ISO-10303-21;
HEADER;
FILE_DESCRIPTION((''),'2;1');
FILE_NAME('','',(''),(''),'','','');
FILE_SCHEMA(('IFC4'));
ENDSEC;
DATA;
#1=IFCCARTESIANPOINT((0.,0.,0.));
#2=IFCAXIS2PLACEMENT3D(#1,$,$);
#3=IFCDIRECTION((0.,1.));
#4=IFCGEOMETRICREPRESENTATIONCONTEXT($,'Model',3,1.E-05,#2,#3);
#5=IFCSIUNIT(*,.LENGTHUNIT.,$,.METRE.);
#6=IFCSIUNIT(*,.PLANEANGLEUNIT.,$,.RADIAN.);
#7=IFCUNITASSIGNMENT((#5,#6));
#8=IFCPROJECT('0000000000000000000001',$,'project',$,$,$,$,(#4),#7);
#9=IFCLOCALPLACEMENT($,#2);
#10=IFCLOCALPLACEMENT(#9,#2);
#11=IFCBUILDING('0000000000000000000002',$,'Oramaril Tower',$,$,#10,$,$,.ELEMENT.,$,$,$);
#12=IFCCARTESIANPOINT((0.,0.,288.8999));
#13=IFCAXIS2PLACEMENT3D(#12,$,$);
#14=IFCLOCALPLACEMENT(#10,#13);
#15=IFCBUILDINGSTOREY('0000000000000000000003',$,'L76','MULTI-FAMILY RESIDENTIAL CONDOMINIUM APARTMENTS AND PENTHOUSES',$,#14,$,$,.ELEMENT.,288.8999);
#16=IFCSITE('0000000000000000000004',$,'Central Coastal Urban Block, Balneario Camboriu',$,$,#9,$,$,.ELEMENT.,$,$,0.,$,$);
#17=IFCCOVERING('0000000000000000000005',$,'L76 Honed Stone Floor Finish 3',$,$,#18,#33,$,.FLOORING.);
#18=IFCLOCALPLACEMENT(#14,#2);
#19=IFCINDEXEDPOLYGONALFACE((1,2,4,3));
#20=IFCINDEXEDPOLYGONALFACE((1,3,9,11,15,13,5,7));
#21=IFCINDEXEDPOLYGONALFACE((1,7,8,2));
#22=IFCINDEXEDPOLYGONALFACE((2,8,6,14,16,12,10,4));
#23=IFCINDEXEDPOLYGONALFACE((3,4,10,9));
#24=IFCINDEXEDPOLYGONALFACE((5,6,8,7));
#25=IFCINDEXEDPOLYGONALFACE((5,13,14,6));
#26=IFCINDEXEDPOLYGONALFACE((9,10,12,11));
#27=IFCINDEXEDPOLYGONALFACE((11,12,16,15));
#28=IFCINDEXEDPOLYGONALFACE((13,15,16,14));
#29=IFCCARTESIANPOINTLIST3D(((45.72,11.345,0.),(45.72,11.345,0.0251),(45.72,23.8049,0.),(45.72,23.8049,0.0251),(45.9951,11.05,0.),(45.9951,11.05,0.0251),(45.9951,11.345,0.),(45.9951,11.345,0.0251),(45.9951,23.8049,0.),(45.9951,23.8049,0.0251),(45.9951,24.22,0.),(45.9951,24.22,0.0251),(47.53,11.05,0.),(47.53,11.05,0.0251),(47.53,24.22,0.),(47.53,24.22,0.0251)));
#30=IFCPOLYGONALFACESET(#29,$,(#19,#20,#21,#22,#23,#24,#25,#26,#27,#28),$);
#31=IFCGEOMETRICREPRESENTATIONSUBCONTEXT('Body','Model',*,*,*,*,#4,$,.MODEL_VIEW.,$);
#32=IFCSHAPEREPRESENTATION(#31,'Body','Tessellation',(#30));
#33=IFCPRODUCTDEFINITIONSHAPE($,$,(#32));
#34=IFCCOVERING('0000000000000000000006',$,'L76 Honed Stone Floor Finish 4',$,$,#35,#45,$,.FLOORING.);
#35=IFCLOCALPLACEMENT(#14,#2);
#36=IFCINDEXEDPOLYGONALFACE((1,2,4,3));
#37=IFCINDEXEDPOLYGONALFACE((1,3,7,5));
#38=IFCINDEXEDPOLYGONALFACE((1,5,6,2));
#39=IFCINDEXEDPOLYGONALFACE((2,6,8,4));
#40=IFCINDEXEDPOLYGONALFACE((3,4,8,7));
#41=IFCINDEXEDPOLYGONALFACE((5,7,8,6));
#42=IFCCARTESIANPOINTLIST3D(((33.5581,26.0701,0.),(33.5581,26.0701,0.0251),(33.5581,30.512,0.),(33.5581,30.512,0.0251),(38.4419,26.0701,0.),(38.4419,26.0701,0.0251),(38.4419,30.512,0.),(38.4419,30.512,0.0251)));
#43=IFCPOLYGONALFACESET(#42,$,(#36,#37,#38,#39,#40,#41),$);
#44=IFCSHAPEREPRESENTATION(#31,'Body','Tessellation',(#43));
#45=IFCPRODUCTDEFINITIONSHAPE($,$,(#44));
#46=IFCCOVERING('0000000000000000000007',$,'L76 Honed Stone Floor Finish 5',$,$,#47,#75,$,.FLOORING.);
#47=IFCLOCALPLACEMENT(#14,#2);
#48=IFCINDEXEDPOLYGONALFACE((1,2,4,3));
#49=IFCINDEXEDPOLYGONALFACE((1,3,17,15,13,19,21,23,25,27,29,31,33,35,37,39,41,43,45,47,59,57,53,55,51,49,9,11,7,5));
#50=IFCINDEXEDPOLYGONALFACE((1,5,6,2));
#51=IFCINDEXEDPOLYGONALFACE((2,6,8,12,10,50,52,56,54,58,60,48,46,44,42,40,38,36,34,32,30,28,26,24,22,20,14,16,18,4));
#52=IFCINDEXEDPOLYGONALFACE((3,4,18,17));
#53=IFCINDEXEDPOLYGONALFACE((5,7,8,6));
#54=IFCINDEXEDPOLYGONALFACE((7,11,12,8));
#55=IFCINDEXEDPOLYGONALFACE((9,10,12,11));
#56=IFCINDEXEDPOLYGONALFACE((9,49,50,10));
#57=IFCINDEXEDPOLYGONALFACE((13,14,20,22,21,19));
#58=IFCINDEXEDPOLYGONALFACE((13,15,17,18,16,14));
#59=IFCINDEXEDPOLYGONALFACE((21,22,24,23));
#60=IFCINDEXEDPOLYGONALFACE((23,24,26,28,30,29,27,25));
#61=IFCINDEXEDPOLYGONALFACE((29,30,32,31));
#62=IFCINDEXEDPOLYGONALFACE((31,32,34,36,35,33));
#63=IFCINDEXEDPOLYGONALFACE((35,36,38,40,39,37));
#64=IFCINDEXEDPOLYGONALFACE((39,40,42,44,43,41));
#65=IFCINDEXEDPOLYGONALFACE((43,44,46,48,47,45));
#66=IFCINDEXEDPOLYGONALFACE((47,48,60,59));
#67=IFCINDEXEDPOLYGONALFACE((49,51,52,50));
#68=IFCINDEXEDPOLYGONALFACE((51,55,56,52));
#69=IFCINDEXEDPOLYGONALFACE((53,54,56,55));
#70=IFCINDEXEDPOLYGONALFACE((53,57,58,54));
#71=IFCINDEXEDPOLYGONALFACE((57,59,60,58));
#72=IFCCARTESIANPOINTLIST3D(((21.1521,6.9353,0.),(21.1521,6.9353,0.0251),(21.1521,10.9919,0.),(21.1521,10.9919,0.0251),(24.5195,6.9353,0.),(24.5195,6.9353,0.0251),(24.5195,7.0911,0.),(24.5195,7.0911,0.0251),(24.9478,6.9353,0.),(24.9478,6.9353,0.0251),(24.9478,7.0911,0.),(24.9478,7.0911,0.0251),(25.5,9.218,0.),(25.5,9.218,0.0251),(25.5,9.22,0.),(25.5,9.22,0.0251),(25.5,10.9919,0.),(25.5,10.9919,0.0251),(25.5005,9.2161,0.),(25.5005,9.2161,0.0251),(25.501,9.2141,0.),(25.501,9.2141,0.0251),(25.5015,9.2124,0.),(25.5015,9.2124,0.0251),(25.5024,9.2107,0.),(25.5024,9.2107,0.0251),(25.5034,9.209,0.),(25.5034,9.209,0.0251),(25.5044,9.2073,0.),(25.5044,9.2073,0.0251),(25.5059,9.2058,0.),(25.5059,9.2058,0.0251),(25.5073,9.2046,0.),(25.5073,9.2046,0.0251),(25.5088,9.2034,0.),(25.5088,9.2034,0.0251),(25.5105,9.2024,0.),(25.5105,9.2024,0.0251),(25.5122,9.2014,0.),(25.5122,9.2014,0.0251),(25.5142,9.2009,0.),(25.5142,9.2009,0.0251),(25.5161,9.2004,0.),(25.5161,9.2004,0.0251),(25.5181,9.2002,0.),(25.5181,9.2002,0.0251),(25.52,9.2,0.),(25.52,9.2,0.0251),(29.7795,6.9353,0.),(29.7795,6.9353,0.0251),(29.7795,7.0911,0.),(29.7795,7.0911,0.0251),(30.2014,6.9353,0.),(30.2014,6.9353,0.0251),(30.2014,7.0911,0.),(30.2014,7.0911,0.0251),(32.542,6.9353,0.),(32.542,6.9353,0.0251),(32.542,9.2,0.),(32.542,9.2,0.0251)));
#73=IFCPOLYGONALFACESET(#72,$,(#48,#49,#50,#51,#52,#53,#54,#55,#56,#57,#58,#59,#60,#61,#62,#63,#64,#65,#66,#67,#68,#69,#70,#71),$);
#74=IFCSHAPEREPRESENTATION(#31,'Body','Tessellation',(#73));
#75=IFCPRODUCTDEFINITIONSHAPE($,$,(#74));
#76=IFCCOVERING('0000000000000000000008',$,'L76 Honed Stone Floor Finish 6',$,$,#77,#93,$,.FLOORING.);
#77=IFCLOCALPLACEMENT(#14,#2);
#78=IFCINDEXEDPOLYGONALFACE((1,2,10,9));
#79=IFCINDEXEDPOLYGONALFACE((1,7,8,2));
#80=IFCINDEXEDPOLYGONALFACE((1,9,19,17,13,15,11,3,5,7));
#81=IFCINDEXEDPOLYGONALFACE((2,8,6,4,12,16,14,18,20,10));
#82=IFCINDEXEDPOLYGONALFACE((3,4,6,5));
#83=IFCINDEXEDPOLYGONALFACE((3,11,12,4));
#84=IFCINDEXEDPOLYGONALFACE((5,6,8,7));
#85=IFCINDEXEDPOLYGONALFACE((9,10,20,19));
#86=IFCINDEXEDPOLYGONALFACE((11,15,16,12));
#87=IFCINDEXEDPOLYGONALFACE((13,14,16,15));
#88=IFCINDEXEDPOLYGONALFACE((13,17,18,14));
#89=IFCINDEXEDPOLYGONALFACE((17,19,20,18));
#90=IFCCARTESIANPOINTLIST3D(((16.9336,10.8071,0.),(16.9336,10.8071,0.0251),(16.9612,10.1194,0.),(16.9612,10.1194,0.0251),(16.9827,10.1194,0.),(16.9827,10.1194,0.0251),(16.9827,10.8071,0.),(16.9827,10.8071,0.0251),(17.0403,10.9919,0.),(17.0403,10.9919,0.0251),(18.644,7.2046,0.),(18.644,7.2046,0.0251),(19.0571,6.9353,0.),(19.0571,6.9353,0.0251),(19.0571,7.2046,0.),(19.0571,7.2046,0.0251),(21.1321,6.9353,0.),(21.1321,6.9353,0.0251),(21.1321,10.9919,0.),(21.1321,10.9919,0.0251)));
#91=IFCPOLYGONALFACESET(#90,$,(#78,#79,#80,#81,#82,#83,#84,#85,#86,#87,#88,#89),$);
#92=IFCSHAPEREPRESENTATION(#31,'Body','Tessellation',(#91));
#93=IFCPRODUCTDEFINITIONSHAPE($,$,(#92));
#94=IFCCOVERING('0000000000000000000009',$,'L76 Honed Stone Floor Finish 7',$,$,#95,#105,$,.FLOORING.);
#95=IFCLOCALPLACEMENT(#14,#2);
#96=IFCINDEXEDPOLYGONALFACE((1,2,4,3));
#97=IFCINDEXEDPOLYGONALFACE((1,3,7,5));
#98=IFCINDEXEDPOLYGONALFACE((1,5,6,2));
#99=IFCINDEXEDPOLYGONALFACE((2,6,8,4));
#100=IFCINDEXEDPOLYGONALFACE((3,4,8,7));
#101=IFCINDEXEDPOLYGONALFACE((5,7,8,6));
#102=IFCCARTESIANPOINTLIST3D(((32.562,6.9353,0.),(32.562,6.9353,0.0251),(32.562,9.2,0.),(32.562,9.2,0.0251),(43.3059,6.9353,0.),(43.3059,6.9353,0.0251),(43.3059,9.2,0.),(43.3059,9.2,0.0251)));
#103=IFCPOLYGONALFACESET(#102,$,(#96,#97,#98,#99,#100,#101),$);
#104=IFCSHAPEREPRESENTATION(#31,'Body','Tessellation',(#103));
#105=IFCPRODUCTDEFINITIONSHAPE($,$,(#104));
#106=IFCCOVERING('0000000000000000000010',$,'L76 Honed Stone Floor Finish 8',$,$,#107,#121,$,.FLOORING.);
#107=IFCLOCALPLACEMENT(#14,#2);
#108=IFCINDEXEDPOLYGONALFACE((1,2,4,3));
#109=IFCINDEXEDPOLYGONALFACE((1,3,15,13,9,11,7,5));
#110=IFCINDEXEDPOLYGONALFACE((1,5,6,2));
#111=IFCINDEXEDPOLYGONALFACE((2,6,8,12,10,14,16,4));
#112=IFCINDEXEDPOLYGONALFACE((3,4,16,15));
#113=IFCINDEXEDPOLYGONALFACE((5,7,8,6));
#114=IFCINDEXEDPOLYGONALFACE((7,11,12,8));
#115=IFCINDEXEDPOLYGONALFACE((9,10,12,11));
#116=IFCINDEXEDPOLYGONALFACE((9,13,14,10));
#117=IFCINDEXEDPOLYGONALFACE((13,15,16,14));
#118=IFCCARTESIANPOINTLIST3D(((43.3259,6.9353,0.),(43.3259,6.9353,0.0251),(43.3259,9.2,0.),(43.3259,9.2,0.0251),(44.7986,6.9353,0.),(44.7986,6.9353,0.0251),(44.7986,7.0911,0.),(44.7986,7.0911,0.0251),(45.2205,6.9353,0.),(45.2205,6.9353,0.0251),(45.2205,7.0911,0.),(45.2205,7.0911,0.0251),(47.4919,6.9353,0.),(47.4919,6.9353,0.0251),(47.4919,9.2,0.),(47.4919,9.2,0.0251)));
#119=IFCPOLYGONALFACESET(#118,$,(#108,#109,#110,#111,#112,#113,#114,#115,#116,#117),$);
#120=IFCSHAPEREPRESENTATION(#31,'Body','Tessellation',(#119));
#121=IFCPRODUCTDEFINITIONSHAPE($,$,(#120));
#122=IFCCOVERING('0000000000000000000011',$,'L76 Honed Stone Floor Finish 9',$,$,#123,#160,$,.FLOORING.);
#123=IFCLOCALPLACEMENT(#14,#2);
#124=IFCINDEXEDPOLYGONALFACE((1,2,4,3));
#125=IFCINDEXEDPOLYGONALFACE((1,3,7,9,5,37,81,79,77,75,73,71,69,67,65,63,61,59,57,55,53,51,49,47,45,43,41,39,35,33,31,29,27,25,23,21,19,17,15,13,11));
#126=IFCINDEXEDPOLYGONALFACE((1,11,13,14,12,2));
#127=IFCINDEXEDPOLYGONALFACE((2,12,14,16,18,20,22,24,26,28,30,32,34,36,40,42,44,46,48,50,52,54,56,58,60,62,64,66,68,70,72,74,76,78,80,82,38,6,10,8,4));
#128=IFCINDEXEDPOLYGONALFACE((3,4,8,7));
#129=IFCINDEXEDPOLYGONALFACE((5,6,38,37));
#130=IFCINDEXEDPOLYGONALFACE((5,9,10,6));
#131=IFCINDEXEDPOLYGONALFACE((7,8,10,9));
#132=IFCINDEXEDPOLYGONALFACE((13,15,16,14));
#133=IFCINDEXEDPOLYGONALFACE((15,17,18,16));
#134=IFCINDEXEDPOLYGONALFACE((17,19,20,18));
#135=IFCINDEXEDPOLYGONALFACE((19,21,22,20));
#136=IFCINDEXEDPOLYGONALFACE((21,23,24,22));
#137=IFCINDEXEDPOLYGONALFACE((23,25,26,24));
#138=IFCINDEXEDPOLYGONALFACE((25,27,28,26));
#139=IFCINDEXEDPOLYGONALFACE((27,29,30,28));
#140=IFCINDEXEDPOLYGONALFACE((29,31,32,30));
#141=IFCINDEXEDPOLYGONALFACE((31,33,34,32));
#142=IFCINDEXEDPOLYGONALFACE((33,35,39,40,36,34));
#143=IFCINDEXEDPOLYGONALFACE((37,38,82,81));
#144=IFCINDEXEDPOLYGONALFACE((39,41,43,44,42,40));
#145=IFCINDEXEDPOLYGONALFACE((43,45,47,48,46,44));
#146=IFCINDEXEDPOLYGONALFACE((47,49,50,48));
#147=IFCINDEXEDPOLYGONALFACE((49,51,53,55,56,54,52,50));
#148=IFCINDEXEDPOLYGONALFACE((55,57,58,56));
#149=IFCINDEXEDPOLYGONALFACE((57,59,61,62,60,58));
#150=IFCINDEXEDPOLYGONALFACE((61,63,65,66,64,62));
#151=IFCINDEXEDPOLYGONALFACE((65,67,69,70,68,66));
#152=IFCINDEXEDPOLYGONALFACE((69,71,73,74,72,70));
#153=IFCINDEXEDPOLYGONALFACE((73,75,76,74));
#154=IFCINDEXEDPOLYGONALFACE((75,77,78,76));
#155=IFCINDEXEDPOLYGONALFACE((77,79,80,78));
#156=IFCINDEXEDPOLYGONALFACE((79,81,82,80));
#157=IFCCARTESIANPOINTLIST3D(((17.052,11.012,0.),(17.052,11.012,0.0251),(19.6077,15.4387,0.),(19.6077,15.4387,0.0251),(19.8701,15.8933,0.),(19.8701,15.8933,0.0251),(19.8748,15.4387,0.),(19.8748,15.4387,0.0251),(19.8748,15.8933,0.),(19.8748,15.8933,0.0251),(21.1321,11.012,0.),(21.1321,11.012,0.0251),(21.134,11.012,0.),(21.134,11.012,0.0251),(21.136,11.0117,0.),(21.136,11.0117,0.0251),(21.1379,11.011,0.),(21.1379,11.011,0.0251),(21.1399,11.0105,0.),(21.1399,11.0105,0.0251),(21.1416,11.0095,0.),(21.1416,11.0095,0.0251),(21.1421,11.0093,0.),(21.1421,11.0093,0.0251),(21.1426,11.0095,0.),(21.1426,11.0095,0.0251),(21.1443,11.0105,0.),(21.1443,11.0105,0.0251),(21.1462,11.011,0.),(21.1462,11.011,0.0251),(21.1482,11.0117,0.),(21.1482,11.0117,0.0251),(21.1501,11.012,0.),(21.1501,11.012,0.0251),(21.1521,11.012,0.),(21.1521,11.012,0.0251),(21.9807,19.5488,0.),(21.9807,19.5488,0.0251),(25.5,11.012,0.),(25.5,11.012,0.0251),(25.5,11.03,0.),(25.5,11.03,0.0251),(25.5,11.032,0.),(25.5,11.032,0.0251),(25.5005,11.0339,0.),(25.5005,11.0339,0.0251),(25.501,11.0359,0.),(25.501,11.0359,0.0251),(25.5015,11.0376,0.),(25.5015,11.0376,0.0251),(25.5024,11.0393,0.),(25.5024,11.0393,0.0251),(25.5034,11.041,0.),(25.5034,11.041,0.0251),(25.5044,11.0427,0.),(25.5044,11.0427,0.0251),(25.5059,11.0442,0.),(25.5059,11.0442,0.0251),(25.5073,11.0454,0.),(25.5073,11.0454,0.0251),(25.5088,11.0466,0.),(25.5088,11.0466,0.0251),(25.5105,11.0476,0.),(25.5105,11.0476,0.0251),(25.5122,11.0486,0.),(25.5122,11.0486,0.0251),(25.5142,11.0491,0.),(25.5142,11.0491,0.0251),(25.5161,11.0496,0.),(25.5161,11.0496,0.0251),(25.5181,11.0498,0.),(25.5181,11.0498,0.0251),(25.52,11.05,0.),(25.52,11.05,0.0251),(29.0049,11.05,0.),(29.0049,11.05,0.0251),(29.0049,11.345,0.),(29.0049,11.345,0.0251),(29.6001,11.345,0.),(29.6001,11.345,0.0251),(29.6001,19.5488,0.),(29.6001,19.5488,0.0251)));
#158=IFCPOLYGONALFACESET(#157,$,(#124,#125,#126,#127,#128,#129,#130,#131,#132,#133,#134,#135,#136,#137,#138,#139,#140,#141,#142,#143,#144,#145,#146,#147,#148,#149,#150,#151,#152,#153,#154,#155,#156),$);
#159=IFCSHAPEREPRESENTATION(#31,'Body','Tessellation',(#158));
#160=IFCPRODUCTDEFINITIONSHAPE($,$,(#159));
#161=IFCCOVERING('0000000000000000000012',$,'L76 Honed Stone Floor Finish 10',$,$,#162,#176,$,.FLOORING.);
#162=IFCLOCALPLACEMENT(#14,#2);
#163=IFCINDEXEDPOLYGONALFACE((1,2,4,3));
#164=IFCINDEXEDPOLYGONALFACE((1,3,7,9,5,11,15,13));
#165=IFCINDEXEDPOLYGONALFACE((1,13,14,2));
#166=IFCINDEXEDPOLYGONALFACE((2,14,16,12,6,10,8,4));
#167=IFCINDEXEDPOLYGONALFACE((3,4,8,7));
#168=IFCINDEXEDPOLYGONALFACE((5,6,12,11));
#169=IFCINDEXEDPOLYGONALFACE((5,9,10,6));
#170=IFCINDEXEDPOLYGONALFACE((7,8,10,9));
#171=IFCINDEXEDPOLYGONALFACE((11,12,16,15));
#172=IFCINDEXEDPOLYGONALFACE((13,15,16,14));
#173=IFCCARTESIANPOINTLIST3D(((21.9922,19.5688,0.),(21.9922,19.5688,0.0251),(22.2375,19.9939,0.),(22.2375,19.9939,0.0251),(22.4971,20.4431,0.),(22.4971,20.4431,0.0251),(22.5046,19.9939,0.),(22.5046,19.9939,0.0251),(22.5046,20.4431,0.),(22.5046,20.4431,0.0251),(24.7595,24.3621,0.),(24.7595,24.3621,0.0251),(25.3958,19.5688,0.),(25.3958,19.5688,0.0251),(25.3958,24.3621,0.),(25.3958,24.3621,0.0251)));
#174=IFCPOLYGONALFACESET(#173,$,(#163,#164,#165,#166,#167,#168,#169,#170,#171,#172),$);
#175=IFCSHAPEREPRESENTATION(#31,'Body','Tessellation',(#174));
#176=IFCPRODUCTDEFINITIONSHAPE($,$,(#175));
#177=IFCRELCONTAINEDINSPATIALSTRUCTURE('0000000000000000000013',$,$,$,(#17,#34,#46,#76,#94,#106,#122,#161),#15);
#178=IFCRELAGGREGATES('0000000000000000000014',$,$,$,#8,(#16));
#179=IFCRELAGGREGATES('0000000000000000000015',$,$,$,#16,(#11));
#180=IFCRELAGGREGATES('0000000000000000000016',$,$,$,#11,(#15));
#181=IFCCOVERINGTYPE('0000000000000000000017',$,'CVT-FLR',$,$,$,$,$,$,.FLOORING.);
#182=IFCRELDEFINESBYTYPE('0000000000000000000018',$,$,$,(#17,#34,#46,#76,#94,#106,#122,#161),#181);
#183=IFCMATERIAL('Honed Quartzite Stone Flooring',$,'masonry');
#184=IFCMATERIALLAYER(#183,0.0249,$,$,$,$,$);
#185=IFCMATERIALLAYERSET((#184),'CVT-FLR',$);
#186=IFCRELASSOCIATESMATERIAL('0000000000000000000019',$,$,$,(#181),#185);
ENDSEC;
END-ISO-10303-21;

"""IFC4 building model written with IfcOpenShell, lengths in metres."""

from ifc_helpers import new_model, si_unit, direction, frame, origin, place, context, subcontext, project, spatial, polyline, outline, extrude, material, layer, layer_set, type_object, element, save


model = new_model("IFC4")

# Units and contexts
model_context = context("Model", 3, precision=1e-05, world=origin(), true_north=direction((0.0, 1.0)))
body_context = subcontext(model_context, "Body", "Model", "MODEL_VIEW")
ifc_project = project(units=[si_unit("LENGTHUNIT", "METRE"), si_unit("PLANEANGLEUNIT", "RADIAN")], contexts=[model_context])

# Site, building, storey
site_placement = place(None, origin())
site = spatial("IfcSite", under=ifc_project, at=site_placement, Name="Central Coastal Urban Block, Balneario Camboriu", CompositionType="ELEMENT", RefElevation=0.0)
building_placement = place(site_placement, origin())
building = spatial("IfcBuilding", under=site, at=building_placement, Name="Oramaril Tower", CompositionType="ELEMENT")
storey_placement = place(building_placement, frame((0.0, 0.0, 288.8999)))
storey = spatial("IfcBuildingStorey", under=building, at=storey_placement, Name="L76", Description="MULTI-FAMILY RESIDENTIAL CONDOMINIUM APARTMENTS AND PENTHOUSES", CompositionType="ELEMENT", Elevation=288.8999)

# Coverings
ifc_material_1 = material(Name="Honed Quartzite Stone Flooring", Category="masonry")
ifc_layer_1 = layer(ifc_material_1, 0.0249)
ifc_layer_set_1 = layer_set([ifc_layer_1], Name="CVT-FLR")
covering_type_1 = type_object("IfcCoveringType", Name="CVT-FLR", PredefinedType="FLOORING", material=ifc_layer_set_1)
covering_1_placement = place(storey_placement, origin())
element("IfcCovering", 1, at=covering_1_placement, inside=storey, type_object=covering_type_1, Name="L76 Honed Stone Floor Finish 3", PredefinedType="FLOORING", context=body_context, shape_type="SweptSolid", body=[
    extrude(outline(polyline([(47.53, 11.05), (45.9951, 11.05), (45.9951, 11.345), (45.72, 11.345), (45.72, 23.8049), (45.9951, 23.8049), (45.9951, 24.22), (47.53, 24.22), (47.53, 11.05)])), origin(), (0.0, 0.0, 1.0), 0.0251),
])
covering_2_placement = place(storey_placement, origin())
element("IfcCovering", 2, at=covering_2_placement, inside=storey, type_object=covering_type_1, Name="L76 Honed Stone Floor Finish 4", PredefinedType="FLOORING", context=body_context, shape_type="SweptSolid", body=[
    extrude(outline(polyline([(38.4419, 30.512), (38.4419, 26.0701), (33.5581, 26.0701), (33.5581, 30.512), (38.4419, 30.512)])), origin(), (0.0, 0.0, 1.0), 0.0251),
])
covering_3_placement = place(storey_placement, origin())
element("IfcCovering", 3, at=covering_3_placement, inside=storey, type_object=covering_type_1, Name="L76 Honed Stone Floor Finish 5", PredefinedType="FLOORING", context=body_context, shape_type="SweptSolid", body=[
    extrude(outline(polyline([(32.542, 6.9353), (30.2014, 6.9353), (30.2014, 7.0911), (29.7795, 7.0911), (29.7795, 6.9353), (24.9478, 6.9353), (24.9478, 7.0911), (24.5195, 7.0911), (24.5195, 6.9353), (21.1521, 6.9353), (21.1521, 10.9919), (25.5, 10.9919), (25.5, 9.22), (25.5, 9.218), (25.5005, 9.2161), (25.501, 9.2141), (25.5015, 9.2124), (25.5024, 9.2107), (25.5034, 9.209), (25.5044, 9.2073), (25.5059, 9.2058), (25.5073, 9.2046), (25.5088, 9.2034), (25.5105, 9.2024), (25.5122, 9.2014), (25.5142, 9.2009), (25.5161, 9.2004), (25.5181, 9.2002), (25.52, 9.2), (32.542, 9.2), (32.542, 6.9353)])), origin(), (0.0, 0.0, 1.0), 0.0251),
])
covering_4_placement = place(storey_placement, origin())
element("IfcCovering", 4, at=covering_4_placement, inside=storey, type_object=covering_type_1, Name="L76 Honed Stone Floor Finish 6", PredefinedType="FLOORING", context=body_context, shape_type="SweptSolid", body=[
    extrude(outline(polyline([(19.0571, 6.9353), (19.0571, 7.2046), (18.644, 7.2046), (16.9612, 10.1194), (16.9827, 10.1194), (16.9827, 10.8071), (16.9336, 10.8071), (17.0403, 10.9919), (21.1321, 10.9919), (21.1321, 6.9353), (19.0571, 6.9353)])), origin(), (0.0, 0.0, 1.0), 0.0251),
])
covering_5_placement = place(storey_placement, origin())
element("IfcCovering", 5, at=covering_5_placement, inside=storey, type_object=covering_type_1, Name="L76 Honed Stone Floor Finish 7", PredefinedType="FLOORING", context=body_context, shape_type="SweptSolid", body=[
    extrude(outline(polyline([(32.562, 6.9353), (32.562, 9.2), (43.3059, 9.2), (43.3059, 6.9353), (32.562, 6.9353)])), origin(), (0.0, 0.0, 1.0), 0.0251),
])
covering_6_placement = place(storey_placement, origin())
element("IfcCovering", 6, at=covering_6_placement, inside=storey, type_object=covering_type_1, Name="L76 Honed Stone Floor Finish 8", PredefinedType="FLOORING", context=body_context, shape_type="SweptSolid", body=[
    extrude(outline(polyline([(45.2205, 7.0911), (44.7986, 7.0911), (44.7986, 6.9353), (43.3259, 6.9353), (43.3259, 9.2), (47.4919, 9.2), (47.4919, 6.9353), (45.2205, 6.9353), (45.2205, 7.0911)])), origin(), (0.0, 0.0, 1.0), 0.0251),
])
covering_7_placement = place(storey_placement, origin())
element("IfcCovering", 7, at=covering_7_placement, inside=storey, type_object=covering_type_1, Name="L76 Honed Stone Floor Finish 9", PredefinedType="FLOORING", context=body_context, shape_type="SweptSolid", body=[
    extrude(outline(polyline([(19.6077, 15.4387), (19.8748, 15.4387), (19.8748, 15.8933), (19.8701, 15.8933), (21.9807, 19.5488), (29.6001, 19.5488), (29.6001, 11.345), (29.0049, 11.345), (29.0049, 11.05), (25.52, 11.05), (25.5181, 11.0498), (25.5161, 11.0496), (25.5142, 11.0491), (25.5122, 11.0486), (25.5105, 11.0476), (25.5088, 11.0466), (25.5073, 11.0454), (25.5059, 11.0442), (25.5044, 11.0427), (25.5034, 11.041), (25.5024, 11.0393), (25.5015, 11.0376), (25.501, 11.0359), (25.5005, 11.0339), (25.5, 11.032), (25.5, 11.03), (25.5, 11.012), (21.1521, 11.012), (21.1501, 11.012), (21.1482, 11.0117), (21.1462, 11.011), (21.1443, 11.0105), (21.1426, 11.0095), (21.1421, 11.0093), (21.1416, 11.0095), (21.1399, 11.0105), (21.1379, 11.011), (21.136, 11.0117), (21.134, 11.012), (21.1321, 11.012), (17.052, 11.012), (19.6077, 15.4387)])), origin(), (0.0, 0.0, 1.0), 0.0251),
])
covering_8_placement = place(storey_placement, origin())
element("IfcCovering", 8, at=covering_8_placement, inside=storey, type_object=covering_type_1, Name="L76 Honed Stone Floor Finish 10", PredefinedType="FLOORING", context=body_context, shape_type="SweptSolid", body=[
    extrude(outline(polyline([(22.5046, 19.9939), (22.5046, 20.4431), (22.4971, 20.4431), (24.7595, 24.3621), (25.3958, 24.3621), (25.3958, 19.5688), (21.9922, 19.5688), (22.2375, 19.9939), (22.5046, 19.9939)])), origin(), (0.0, 0.0, 1.0), 0.0251),
])

save(model, "model.ifc")
